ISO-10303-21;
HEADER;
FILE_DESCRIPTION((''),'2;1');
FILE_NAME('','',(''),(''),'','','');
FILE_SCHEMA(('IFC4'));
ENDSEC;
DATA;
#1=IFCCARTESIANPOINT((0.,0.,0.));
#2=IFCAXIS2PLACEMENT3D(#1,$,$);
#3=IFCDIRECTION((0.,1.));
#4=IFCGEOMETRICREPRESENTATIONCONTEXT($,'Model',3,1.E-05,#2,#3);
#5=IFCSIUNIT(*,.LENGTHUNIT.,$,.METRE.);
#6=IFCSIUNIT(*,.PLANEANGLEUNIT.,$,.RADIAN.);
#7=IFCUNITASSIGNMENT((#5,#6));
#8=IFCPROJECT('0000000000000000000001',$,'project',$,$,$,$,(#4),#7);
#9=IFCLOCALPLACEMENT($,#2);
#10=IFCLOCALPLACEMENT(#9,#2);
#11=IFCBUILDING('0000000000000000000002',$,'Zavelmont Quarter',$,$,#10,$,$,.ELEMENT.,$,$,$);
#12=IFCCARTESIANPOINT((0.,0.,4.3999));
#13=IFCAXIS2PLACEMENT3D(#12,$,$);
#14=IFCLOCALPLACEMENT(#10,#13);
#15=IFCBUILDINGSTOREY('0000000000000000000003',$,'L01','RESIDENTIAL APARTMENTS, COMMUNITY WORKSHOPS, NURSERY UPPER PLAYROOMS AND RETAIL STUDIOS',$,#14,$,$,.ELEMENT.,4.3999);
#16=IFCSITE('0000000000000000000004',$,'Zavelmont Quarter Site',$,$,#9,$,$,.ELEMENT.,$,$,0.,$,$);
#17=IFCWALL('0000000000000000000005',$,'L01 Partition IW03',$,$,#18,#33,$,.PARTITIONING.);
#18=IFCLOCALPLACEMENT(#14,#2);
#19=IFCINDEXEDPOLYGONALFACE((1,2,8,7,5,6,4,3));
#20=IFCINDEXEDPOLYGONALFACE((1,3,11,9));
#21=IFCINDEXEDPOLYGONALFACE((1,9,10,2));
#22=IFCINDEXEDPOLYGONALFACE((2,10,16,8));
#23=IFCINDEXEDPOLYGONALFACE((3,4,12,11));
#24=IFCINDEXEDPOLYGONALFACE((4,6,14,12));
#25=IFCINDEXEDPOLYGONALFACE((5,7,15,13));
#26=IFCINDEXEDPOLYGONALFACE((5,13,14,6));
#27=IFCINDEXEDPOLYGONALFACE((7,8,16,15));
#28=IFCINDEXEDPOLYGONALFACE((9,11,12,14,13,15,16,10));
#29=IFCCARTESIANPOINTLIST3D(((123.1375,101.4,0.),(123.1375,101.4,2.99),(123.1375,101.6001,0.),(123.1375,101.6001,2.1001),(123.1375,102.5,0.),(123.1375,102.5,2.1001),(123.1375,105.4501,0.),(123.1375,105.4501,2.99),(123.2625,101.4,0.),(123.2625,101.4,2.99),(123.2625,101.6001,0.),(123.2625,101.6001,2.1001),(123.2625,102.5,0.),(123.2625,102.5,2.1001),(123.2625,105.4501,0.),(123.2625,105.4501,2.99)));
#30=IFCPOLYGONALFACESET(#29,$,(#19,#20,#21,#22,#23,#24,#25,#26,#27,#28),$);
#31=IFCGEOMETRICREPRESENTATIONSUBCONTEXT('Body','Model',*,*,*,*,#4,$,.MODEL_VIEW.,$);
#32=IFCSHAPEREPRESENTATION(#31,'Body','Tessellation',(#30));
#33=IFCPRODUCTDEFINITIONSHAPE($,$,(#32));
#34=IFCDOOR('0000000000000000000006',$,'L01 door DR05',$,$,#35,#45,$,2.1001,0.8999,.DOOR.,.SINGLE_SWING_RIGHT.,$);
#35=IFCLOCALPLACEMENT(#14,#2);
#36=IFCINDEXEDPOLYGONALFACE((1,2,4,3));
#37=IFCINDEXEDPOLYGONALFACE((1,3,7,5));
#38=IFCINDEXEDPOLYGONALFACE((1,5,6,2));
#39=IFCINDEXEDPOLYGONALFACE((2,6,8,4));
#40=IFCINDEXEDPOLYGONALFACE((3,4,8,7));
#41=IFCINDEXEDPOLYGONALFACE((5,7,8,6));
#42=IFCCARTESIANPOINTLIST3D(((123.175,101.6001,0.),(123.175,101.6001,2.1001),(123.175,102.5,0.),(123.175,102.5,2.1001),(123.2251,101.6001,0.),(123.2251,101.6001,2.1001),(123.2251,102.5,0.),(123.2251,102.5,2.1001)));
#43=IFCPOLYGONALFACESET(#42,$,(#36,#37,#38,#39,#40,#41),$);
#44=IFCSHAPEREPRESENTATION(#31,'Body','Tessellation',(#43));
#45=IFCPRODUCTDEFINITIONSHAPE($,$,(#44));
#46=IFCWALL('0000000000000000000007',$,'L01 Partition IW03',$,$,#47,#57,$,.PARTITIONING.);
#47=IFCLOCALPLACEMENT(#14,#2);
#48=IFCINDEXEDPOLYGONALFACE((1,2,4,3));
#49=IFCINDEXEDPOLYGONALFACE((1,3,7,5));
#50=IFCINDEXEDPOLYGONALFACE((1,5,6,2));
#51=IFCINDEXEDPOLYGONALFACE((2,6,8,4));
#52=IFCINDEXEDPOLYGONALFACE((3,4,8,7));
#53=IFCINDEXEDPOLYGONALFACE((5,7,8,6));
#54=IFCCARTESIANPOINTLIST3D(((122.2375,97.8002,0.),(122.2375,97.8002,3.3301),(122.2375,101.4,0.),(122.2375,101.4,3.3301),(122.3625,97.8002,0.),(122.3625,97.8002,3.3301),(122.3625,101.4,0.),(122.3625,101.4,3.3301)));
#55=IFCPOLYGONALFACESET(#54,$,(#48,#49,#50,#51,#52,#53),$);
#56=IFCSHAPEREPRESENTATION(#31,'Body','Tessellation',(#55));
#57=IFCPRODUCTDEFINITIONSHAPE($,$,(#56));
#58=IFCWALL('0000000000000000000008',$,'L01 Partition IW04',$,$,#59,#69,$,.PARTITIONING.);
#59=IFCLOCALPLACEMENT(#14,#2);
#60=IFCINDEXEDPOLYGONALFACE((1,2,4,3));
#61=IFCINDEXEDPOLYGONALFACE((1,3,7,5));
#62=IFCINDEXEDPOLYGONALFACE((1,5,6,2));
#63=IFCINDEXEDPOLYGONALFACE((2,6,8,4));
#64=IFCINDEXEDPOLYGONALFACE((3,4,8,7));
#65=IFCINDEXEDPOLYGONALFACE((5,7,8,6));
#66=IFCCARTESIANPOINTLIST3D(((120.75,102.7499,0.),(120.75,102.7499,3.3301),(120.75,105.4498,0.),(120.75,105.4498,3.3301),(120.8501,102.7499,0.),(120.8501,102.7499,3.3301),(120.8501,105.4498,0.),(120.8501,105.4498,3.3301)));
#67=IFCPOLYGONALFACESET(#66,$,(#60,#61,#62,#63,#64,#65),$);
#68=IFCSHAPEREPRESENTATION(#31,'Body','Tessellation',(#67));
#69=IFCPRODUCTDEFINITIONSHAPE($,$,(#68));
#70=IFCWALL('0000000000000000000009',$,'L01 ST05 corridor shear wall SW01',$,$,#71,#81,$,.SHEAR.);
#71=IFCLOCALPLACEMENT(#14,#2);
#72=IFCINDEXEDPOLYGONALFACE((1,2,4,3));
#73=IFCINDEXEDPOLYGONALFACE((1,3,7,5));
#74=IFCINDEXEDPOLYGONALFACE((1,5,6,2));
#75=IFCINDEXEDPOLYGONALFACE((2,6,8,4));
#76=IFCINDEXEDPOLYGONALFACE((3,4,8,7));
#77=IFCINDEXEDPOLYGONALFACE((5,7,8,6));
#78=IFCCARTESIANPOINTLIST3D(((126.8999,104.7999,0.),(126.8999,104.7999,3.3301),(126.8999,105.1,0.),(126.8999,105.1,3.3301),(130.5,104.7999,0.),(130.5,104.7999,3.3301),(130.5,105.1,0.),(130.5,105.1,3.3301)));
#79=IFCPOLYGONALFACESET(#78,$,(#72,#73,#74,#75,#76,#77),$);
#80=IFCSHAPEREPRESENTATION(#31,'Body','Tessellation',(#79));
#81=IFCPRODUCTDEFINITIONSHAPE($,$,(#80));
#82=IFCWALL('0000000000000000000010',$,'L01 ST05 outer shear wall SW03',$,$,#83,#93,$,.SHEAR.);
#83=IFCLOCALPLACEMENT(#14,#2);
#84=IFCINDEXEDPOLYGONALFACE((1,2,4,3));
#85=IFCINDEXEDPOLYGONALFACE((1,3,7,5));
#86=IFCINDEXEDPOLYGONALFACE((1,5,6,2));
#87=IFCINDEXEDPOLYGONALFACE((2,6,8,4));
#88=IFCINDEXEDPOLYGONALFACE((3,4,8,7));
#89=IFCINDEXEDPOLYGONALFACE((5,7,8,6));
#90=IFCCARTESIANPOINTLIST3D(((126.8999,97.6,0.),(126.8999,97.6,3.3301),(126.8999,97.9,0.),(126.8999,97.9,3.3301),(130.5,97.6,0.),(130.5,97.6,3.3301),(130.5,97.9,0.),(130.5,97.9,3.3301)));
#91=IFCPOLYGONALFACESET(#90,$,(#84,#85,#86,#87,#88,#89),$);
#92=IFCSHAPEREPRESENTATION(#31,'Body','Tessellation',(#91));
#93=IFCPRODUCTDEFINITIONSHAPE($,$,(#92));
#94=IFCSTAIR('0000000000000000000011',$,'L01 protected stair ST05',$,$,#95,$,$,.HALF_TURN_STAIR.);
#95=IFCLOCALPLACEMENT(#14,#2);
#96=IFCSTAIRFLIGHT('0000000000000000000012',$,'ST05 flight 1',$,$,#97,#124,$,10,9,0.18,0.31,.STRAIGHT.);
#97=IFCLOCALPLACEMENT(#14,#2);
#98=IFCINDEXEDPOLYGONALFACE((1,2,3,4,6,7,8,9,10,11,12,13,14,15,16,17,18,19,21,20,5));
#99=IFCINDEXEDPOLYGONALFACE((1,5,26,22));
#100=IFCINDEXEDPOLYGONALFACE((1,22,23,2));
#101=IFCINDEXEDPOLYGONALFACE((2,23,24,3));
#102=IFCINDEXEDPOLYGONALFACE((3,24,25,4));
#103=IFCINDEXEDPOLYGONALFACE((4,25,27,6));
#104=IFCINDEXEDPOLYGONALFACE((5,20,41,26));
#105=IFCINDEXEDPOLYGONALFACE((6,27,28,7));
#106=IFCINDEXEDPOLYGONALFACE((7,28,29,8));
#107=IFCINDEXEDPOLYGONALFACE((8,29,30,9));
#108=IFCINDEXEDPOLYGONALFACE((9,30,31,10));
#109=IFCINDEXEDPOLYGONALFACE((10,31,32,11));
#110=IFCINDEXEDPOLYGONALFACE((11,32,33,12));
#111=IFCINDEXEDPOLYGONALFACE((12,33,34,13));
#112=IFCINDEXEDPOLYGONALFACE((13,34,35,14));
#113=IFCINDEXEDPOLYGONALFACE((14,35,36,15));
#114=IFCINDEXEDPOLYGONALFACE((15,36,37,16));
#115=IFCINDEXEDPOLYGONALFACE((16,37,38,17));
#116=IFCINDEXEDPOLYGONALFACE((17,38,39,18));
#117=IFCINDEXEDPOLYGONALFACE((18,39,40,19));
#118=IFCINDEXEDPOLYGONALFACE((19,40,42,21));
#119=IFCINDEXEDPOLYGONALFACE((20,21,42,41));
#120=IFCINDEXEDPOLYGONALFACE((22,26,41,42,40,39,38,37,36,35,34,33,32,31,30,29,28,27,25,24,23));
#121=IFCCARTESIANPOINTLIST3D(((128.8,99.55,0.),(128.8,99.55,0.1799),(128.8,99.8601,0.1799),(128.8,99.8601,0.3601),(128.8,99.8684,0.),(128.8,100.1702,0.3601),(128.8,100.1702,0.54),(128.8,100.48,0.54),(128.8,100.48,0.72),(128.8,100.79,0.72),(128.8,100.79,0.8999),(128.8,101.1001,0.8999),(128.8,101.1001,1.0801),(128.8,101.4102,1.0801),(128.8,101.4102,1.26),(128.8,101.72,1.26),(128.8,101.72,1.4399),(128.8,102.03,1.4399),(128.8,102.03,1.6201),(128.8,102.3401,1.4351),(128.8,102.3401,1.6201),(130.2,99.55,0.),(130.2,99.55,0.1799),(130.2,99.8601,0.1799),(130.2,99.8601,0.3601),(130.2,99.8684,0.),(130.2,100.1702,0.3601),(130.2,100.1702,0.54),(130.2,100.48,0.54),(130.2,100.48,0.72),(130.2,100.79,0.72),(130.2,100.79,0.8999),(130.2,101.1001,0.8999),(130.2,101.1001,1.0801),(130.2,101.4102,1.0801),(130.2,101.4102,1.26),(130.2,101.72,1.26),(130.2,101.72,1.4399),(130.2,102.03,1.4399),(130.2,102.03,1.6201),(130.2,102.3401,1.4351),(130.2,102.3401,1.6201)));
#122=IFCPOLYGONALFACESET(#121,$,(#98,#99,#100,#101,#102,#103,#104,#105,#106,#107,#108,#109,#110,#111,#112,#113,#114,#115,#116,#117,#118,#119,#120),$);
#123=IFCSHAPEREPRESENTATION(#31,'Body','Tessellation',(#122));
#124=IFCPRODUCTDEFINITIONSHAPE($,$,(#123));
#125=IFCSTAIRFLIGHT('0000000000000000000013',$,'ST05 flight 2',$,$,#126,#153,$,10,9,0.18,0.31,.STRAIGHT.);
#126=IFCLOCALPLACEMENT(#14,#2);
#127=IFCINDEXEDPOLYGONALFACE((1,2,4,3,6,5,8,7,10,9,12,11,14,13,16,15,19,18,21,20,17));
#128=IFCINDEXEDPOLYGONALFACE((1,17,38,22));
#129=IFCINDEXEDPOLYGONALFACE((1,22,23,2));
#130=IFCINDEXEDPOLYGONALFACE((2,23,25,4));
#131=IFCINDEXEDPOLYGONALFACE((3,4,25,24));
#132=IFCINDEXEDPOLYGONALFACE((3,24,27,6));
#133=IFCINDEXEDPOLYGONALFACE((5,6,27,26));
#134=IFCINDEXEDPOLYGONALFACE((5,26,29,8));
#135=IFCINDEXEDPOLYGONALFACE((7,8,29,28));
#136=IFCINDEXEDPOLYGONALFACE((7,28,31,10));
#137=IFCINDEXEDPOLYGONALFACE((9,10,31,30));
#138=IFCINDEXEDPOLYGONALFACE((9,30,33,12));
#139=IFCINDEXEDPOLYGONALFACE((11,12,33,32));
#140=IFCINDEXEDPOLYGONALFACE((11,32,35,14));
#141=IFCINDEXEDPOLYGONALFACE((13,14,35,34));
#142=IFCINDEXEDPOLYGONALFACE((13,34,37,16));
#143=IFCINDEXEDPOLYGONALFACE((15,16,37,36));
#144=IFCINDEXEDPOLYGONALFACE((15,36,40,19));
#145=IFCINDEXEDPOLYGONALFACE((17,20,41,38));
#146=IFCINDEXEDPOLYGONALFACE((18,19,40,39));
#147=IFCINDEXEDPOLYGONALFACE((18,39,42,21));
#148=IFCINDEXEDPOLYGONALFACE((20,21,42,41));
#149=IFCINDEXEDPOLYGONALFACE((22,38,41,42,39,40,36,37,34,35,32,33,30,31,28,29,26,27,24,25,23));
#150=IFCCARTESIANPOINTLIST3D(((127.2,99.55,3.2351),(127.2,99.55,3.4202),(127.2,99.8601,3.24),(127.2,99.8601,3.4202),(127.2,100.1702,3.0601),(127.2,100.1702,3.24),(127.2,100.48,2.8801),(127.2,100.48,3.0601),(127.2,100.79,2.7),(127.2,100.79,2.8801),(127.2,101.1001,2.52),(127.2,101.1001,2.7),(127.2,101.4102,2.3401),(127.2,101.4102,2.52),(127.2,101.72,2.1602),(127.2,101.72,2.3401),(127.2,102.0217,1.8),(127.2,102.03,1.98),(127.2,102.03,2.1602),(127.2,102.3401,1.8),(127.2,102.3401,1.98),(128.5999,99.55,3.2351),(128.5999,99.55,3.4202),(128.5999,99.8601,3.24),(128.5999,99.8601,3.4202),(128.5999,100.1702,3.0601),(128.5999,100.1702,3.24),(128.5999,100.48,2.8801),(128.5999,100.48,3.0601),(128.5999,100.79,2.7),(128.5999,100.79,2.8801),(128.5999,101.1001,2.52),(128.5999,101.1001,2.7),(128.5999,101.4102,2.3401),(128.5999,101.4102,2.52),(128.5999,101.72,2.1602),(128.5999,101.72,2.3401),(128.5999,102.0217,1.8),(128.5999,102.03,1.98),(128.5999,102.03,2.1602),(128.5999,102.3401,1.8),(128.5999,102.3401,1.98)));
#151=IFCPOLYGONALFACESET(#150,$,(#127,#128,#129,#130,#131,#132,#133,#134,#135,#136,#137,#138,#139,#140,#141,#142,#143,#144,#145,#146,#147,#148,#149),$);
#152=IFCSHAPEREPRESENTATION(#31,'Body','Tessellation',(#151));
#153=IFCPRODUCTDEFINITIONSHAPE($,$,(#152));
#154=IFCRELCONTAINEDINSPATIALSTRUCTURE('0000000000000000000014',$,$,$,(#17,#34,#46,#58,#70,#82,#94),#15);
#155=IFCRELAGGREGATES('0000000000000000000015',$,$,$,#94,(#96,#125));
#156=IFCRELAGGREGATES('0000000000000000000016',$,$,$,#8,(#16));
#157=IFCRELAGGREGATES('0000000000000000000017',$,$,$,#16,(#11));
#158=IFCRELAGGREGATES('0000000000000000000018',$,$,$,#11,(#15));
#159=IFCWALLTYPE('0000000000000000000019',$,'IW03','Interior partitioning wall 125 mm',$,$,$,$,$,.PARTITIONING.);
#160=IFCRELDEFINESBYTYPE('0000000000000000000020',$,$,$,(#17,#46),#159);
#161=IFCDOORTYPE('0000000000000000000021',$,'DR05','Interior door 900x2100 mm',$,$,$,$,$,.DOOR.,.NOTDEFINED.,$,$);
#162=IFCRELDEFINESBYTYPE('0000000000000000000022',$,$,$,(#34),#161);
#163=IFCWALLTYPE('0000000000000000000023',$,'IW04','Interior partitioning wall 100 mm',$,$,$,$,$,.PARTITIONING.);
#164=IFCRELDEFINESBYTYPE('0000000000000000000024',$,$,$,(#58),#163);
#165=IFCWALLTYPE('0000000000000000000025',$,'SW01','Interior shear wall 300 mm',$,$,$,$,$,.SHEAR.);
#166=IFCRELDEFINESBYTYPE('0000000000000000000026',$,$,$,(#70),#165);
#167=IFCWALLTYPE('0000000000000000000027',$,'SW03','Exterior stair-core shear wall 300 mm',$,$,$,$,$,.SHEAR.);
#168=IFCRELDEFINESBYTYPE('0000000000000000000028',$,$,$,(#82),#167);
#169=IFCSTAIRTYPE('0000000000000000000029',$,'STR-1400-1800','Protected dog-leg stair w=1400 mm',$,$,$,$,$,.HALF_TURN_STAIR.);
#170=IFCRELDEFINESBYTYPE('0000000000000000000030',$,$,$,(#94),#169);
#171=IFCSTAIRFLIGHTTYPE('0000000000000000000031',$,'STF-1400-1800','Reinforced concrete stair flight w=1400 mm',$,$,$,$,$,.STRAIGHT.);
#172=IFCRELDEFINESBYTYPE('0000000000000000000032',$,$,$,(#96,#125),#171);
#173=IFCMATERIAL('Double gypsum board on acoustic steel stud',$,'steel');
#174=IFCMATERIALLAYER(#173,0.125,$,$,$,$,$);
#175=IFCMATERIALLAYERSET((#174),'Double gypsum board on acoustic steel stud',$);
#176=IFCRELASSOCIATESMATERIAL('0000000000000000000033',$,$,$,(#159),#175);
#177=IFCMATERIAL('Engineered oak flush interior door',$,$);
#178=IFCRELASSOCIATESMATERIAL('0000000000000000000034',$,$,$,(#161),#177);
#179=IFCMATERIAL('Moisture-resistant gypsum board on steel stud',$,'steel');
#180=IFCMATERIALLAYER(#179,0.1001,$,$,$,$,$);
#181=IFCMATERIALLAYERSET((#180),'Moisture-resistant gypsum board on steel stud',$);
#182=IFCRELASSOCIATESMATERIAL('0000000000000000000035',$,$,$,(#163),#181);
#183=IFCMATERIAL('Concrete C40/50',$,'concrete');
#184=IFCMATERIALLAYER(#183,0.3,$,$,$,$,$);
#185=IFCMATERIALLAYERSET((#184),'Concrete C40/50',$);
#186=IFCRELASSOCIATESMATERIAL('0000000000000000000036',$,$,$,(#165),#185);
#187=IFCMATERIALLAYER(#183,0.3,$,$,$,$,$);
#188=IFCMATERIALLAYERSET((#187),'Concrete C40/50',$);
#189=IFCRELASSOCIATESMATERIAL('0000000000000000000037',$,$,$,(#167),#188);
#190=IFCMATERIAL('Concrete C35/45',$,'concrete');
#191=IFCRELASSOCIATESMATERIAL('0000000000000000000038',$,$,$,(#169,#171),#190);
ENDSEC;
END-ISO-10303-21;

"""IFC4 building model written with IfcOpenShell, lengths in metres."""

from ifc_helpers import new_model, si_unit, direction, frame, frame_2d, origin, place, context, subcontext, project, spatial, polyline, rectangle, outline, extrude, material, layer, layer_set, type_object, element, fill, aggregate, save


model = new_model("IFC4")

# Units and contexts
model_context = context("Model", 3, precision=1e-05, world=origin(), true_north=direction((0.0, 1.0)))
body_context = subcontext(model_context, "Body", "Model", "MODEL_VIEW")
ifc_project = project(units=[si_unit("LENGTHUNIT", "METRE"), si_unit("PLANEANGLEUNIT", "RADIAN")], contexts=[model_context])

# Site, building, storey
site_placement = place(None, origin())
site = spatial("IfcSite", under=ifc_project, at=site_placement, Name="Zavelmont Quarter Site", CompositionType="ELEMENT", RefElevation=0.0)
building_placement = place(site_placement, origin())
building = spatial("IfcBuilding", under=site, at=building_placement, Name="Zavelmont Quarter", CompositionType="ELEMENT")
storey_placement = place(building_placement, frame((0.0, 0.0, 4.3999)))
storey = spatial("IfcBuildingStorey", under=building, at=storey_placement, Name="L01", Description="RESIDENTIAL APARTMENTS, COMMUNITY WORKSHOPS, NURSERY UPPER PLAYROOMS AND RETAIL STUDIOS", CompositionType="ELEMENT", Elevation=4.3999)

# Shared definitions
ifc_material_1 = material(Name="Concrete C40/50", Category="concrete")

# Shared definitions
ifc_material_2 = material(Name="Concrete C35/45", Category="concrete")

# Wall, opening, door
ifc_material_3 = material(Name="Double gypsum board on acoustic steel stud", Category="steel")
ifc_layer_1 = layer(ifc_material_3, 0.125)
ifc_layer_set_1 = layer_set([ifc_layer_1], Name="Double gypsum board on acoustic steel stud")
wall_type_1 = type_object("IfcWallType", Name="IW03", Description="Interior partitioning wall 125 mm", PredefinedType="PARTITIONING", material=ifc_layer_set_1)
wall_1_placement = place(storey_placement, frame((123.2, 105.45, 0.0), z_axis=(0.0, 0.0, 1.0), x_axis=(0.0, -1.0, 0.0)))
wall_1 = element("IfcWall", 1, at=wall_1_placement, inside=storey, type_object=wall_type_1, Name="L01 Partition IW03", PredefinedType="PARTITIONING", context=body_context, shape_type="SweptSolid", body=[
    extrude(rectangle(XDim=4.05, YDim=0.125, at=frame_2d((2.0249, 0.0))), origin(), (0.0, 0.0, 1.0), 2.99),
])
opening_1_placement = place(wall_1_placement, frame((2.95, 0.0, 0.0)))
opening_1 = element("IfcOpeningElement", 2, at=opening_1_placement, cuts=wall_1, PredefinedType="OPENING", context=body_context, shape_type="SweptSolid", body=[
    extrude(rectangle(XDim=0.8999, YDim=2.1001, at=frame_2d((0.45, 1.05))), frame((0.0, 0.0745, 0.0), z_axis=(0.0, -1.0, 0.0), x_axis=(1.0, 0.0, 0.0)), (0.0, 0.0, 1.0), 0.1489),
])
ifc_material_4 = material(Name="Engineered oak flush interior door")
door_type_1 = type_object("IfcDoorType", Name="DR05", Description="Interior door 900x2100 mm", OperationType="NOTDEFINED", PredefinedType="DOOR", material=ifc_material_4)
door_1_placement = place(opening_1_placement, frame((0.8999, 0.0, 0.0), z_axis=(0.0, 0.0, 1.0), x_axis=(-1.0, 0.0, 0.0)))
door_1 = element("IfcDoor", 3, at=door_1_placement, inside=storey, type_object=door_type_1, Name="L01 door DR05", OperationType="SINGLE_SWING_RIGHT", OverallHeight=2.1001, OverallWidth=0.8999, PredefinedType="DOOR", context=body_context, shape_type="SweptSolid", body=[
    extrude(rectangle(XDim=0.8999, YDim=2.1001, at=frame_2d((0.45, 1.05))), frame((0.0, 0.0249, 0.0), z_axis=(0.0, -1.0, 0.0), x_axis=(1.0, 0.0, 0.0)), (0.0, 0.0, 1.0), 0.05),
])
fill(opening_1, door_1)

# Walls
wall_2_placement = place(storey_placement, frame((122.3, 101.3999, 0.0), z_axis=(0.0, 0.0, 1.0), x_axis=(0.0, -1.0, 0.0)))
element("IfcWall", 4, at=wall_2_placement, inside=storey, type_object=wall_type_1, Name="L01 Partition IW03", PredefinedType="PARTITIONING", context=body_context, shape_type="SweptSolid", body=[
    extrude(rectangle(XDim=3.5999, YDim=0.125, at=frame_2d((1.7998, 0.0))), origin(), (0.0, 0.0, 1.0), 3.3301),
])
ifc_material_5 = material(Name="Moisture-resistant gypsum board on steel stud", Category="steel")
ifc_layer_2 = layer(ifc_material_5, 0.1001)
ifc_layer_set_2 = layer_set([ifc_layer_2], Name="Moisture-resistant gypsum board on steel stud")
wall_type_2 = type_object("IfcWallType", Name="IW04", Description="Interior partitioning wall 100 mm", PredefinedType="PARTITIONING", material=ifc_layer_set_2)
wall_3_placement = place(storey_placement, frame((120.8, 105.45, 0.0), z_axis=(0.0, 0.0, 1.0), x_axis=(0.0, -1.0, 0.0)))
element("IfcWall", 5, at=wall_3_placement, inside=storey, type_object=wall_type_2, Name="L01 Partition IW04", PredefinedType="PARTITIONING", context=body_context, shape_type="SweptSolid", body=[
    extrude(rectangle(XDim=2.7, YDim=0.1001, at=frame_2d((1.3501, 0.0))), origin(), (0.0, 0.0, 1.0), 3.3301),
])
ifc_layer_3 = layer(ifc_material_1, 0.3)
ifc_layer_set_3 = layer_set([ifc_layer_3], Name="Concrete C40/50")
wall_type_3 = type_object("IfcWallType", Name="SW01", Description="Interior shear wall 300 mm", PredefinedType="SHEAR", material=ifc_layer_set_3)
wall_4_placement = place(storey_placement, frame((126.8999, 104.95, 0.0), z_axis=(0.0, 0.0, 1.0), x_axis=(1.0, 0.0, 0.0)))
element("IfcWall", 6, at=wall_4_placement, inside=storey, type_object=wall_type_3, Name="L01 ST05 corridor shear wall SW01", PredefinedType="SHEAR", context=body_context, shape_type="SweptSolid", body=[
    extrude(rectangle(XDim=3.6001, YDim=0.3, at=frame_2d((1.8, 0.0))), origin(), (0.0, 0.0, 1.0), 3.3301),
])
ifc_layer_4 = layer(ifc_material_1, 0.3)
ifc_layer_set_4 = layer_set([ifc_layer_4], Name="Concrete C40/50")
wall_type_4 = type_object("IfcWallType", Name="SW03", Description="Exterior stair-core shear wall 300 mm", PredefinedType="SHEAR", material=ifc_layer_set_4)
wall_5_placement = place(storey_placement, frame((126.8999, 97.75, 0.0), z_axis=(0.0, 0.0, 1.0), x_axis=(1.0, 0.0, 0.0)))
element("IfcWall", 7, at=wall_5_placement, inside=storey, type_object=wall_type_4, Name="L01 ST05 outer shear wall SW03", PredefinedType="SHEAR", context=body_context, shape_type="SweptSolid", body=[
    extrude(rectangle(XDim=3.6001, YDim=0.3, at=frame_2d((1.8, 0.0))), origin(), (0.0, 0.0, 1.0), 3.3301),
])

# Stair, stair flights
stair_type = type_object("IfcStairType", Name="STR-1400-1800", Description="Protected dog-leg stair w=1400 mm", PredefinedType="HALF_TURN_STAIR", material=ifc_material_2)
stair_placement = place(storey_placement, origin())
stair = element("IfcStair", 8, at=stair_placement, inside=storey, type_object=stair_type, Name="L01 protected stair ST05", PredefinedType="HALF_TURN_STAIR")
stair_flight_type = type_object("IfcStairFlightType", Name="STF-1400-1800", Description="Reinforced concrete stair flight w=1400 mm", PredefinedType="STRAIGHT", material=ifc_material_2)
stair_flight_1_placement = place(storey_placement, frame((129.5, 99.55, 0.0), z_axis=(0.0, 0.0, 1.0), x_axis=(0.0, 1.0, 0.0)))
stair_flight_1 = element("IfcStairFlight", 9, at=stair_flight_1_placement, type_object=stair_flight_type, Name="ST05 flight 1", NumberOfRisers=10, NumberOfTreads=9, PredefinedType="STRAIGHT", RiserHeight=0.18, TreadLength=0.31, context=body_context, shape_type="SweptSolid", body=[
    extrude(outline(polyline([(0.0, 0.0), (0.0, 0.1799), (0.3101, 0.1799), (0.3101, 0.3601), (0.6201, 0.3601), (0.6201, 0.54), (0.9299, 0.54), (0.9299, 0.72), (1.24, 0.72), (1.24, 0.8999), (1.55, 0.8999), (1.55, 1.0801), (1.8601, 1.0801), (1.8601, 1.26), (2.1699, 1.26), (2.1699, 1.4399), (2.48, 1.4399), (2.48, 1.6201), (2.79, 1.6201), (2.79, 1.8), (2.79, 1.4351), (0.3184, 0.0), (0.0, 0.0)])), frame((0.0, 0.7, 0.0), z_axis=(0.0, -1.0, 0.0), x_axis=(1.0, 0.0, 0.0)), (0.0, 0.0, 1.0), 1.3999),
])
stair_flight_2_placement = place(storey_placement, frame((127.8999, 102.3401, 1.8), z_axis=(0.0, 0.0, 1.0), x_axis=(0.0, -1.0, 0.0)))
stair_flight_2 = element("IfcStairFlight", 10, at=stair_flight_2_placement, type_object=stair_flight_type, Name="ST05 flight 2", NumberOfRisers=10, NumberOfTreads=9, PredefinedType="STRAIGHT", RiserHeight=0.18, TreadLength=0.31, context=body_context, shape_type="SweptSolid", body=[
    extrude(outline(polyline([(0.0, 0.0), (0.0, 0.1799), (0.3101, 0.1799), (0.3101, 0.3601), (0.6201, 0.3601), (0.6201, 0.54), (0.9299, 0.54), (0.9299, 0.72), (1.24, 0.72), (1.24, 0.8999), (1.55, 0.8999), (1.55, 1.0801), (1.8601, 1.0801), (1.8601, 1.26), (2.1699, 1.26), (2.1699, 1.4399), (2.48, 1.4399), (2.48, 1.6201), (2.79, 1.6201), (2.79, 1.8), (2.79, 1.4351), (0.3184, 0.0), (0.0, 0.0)])), frame((0.0, 0.7, 0.0), z_axis=(0.0, -1.0, 0.0), x_axis=(1.0, 0.0, 0.0)), (0.0, 0.0, 1.0), 1.3999),
])
aggregate(stair, [stair_flight_1, stair_flight_2])

save(model, "model.ifc")
